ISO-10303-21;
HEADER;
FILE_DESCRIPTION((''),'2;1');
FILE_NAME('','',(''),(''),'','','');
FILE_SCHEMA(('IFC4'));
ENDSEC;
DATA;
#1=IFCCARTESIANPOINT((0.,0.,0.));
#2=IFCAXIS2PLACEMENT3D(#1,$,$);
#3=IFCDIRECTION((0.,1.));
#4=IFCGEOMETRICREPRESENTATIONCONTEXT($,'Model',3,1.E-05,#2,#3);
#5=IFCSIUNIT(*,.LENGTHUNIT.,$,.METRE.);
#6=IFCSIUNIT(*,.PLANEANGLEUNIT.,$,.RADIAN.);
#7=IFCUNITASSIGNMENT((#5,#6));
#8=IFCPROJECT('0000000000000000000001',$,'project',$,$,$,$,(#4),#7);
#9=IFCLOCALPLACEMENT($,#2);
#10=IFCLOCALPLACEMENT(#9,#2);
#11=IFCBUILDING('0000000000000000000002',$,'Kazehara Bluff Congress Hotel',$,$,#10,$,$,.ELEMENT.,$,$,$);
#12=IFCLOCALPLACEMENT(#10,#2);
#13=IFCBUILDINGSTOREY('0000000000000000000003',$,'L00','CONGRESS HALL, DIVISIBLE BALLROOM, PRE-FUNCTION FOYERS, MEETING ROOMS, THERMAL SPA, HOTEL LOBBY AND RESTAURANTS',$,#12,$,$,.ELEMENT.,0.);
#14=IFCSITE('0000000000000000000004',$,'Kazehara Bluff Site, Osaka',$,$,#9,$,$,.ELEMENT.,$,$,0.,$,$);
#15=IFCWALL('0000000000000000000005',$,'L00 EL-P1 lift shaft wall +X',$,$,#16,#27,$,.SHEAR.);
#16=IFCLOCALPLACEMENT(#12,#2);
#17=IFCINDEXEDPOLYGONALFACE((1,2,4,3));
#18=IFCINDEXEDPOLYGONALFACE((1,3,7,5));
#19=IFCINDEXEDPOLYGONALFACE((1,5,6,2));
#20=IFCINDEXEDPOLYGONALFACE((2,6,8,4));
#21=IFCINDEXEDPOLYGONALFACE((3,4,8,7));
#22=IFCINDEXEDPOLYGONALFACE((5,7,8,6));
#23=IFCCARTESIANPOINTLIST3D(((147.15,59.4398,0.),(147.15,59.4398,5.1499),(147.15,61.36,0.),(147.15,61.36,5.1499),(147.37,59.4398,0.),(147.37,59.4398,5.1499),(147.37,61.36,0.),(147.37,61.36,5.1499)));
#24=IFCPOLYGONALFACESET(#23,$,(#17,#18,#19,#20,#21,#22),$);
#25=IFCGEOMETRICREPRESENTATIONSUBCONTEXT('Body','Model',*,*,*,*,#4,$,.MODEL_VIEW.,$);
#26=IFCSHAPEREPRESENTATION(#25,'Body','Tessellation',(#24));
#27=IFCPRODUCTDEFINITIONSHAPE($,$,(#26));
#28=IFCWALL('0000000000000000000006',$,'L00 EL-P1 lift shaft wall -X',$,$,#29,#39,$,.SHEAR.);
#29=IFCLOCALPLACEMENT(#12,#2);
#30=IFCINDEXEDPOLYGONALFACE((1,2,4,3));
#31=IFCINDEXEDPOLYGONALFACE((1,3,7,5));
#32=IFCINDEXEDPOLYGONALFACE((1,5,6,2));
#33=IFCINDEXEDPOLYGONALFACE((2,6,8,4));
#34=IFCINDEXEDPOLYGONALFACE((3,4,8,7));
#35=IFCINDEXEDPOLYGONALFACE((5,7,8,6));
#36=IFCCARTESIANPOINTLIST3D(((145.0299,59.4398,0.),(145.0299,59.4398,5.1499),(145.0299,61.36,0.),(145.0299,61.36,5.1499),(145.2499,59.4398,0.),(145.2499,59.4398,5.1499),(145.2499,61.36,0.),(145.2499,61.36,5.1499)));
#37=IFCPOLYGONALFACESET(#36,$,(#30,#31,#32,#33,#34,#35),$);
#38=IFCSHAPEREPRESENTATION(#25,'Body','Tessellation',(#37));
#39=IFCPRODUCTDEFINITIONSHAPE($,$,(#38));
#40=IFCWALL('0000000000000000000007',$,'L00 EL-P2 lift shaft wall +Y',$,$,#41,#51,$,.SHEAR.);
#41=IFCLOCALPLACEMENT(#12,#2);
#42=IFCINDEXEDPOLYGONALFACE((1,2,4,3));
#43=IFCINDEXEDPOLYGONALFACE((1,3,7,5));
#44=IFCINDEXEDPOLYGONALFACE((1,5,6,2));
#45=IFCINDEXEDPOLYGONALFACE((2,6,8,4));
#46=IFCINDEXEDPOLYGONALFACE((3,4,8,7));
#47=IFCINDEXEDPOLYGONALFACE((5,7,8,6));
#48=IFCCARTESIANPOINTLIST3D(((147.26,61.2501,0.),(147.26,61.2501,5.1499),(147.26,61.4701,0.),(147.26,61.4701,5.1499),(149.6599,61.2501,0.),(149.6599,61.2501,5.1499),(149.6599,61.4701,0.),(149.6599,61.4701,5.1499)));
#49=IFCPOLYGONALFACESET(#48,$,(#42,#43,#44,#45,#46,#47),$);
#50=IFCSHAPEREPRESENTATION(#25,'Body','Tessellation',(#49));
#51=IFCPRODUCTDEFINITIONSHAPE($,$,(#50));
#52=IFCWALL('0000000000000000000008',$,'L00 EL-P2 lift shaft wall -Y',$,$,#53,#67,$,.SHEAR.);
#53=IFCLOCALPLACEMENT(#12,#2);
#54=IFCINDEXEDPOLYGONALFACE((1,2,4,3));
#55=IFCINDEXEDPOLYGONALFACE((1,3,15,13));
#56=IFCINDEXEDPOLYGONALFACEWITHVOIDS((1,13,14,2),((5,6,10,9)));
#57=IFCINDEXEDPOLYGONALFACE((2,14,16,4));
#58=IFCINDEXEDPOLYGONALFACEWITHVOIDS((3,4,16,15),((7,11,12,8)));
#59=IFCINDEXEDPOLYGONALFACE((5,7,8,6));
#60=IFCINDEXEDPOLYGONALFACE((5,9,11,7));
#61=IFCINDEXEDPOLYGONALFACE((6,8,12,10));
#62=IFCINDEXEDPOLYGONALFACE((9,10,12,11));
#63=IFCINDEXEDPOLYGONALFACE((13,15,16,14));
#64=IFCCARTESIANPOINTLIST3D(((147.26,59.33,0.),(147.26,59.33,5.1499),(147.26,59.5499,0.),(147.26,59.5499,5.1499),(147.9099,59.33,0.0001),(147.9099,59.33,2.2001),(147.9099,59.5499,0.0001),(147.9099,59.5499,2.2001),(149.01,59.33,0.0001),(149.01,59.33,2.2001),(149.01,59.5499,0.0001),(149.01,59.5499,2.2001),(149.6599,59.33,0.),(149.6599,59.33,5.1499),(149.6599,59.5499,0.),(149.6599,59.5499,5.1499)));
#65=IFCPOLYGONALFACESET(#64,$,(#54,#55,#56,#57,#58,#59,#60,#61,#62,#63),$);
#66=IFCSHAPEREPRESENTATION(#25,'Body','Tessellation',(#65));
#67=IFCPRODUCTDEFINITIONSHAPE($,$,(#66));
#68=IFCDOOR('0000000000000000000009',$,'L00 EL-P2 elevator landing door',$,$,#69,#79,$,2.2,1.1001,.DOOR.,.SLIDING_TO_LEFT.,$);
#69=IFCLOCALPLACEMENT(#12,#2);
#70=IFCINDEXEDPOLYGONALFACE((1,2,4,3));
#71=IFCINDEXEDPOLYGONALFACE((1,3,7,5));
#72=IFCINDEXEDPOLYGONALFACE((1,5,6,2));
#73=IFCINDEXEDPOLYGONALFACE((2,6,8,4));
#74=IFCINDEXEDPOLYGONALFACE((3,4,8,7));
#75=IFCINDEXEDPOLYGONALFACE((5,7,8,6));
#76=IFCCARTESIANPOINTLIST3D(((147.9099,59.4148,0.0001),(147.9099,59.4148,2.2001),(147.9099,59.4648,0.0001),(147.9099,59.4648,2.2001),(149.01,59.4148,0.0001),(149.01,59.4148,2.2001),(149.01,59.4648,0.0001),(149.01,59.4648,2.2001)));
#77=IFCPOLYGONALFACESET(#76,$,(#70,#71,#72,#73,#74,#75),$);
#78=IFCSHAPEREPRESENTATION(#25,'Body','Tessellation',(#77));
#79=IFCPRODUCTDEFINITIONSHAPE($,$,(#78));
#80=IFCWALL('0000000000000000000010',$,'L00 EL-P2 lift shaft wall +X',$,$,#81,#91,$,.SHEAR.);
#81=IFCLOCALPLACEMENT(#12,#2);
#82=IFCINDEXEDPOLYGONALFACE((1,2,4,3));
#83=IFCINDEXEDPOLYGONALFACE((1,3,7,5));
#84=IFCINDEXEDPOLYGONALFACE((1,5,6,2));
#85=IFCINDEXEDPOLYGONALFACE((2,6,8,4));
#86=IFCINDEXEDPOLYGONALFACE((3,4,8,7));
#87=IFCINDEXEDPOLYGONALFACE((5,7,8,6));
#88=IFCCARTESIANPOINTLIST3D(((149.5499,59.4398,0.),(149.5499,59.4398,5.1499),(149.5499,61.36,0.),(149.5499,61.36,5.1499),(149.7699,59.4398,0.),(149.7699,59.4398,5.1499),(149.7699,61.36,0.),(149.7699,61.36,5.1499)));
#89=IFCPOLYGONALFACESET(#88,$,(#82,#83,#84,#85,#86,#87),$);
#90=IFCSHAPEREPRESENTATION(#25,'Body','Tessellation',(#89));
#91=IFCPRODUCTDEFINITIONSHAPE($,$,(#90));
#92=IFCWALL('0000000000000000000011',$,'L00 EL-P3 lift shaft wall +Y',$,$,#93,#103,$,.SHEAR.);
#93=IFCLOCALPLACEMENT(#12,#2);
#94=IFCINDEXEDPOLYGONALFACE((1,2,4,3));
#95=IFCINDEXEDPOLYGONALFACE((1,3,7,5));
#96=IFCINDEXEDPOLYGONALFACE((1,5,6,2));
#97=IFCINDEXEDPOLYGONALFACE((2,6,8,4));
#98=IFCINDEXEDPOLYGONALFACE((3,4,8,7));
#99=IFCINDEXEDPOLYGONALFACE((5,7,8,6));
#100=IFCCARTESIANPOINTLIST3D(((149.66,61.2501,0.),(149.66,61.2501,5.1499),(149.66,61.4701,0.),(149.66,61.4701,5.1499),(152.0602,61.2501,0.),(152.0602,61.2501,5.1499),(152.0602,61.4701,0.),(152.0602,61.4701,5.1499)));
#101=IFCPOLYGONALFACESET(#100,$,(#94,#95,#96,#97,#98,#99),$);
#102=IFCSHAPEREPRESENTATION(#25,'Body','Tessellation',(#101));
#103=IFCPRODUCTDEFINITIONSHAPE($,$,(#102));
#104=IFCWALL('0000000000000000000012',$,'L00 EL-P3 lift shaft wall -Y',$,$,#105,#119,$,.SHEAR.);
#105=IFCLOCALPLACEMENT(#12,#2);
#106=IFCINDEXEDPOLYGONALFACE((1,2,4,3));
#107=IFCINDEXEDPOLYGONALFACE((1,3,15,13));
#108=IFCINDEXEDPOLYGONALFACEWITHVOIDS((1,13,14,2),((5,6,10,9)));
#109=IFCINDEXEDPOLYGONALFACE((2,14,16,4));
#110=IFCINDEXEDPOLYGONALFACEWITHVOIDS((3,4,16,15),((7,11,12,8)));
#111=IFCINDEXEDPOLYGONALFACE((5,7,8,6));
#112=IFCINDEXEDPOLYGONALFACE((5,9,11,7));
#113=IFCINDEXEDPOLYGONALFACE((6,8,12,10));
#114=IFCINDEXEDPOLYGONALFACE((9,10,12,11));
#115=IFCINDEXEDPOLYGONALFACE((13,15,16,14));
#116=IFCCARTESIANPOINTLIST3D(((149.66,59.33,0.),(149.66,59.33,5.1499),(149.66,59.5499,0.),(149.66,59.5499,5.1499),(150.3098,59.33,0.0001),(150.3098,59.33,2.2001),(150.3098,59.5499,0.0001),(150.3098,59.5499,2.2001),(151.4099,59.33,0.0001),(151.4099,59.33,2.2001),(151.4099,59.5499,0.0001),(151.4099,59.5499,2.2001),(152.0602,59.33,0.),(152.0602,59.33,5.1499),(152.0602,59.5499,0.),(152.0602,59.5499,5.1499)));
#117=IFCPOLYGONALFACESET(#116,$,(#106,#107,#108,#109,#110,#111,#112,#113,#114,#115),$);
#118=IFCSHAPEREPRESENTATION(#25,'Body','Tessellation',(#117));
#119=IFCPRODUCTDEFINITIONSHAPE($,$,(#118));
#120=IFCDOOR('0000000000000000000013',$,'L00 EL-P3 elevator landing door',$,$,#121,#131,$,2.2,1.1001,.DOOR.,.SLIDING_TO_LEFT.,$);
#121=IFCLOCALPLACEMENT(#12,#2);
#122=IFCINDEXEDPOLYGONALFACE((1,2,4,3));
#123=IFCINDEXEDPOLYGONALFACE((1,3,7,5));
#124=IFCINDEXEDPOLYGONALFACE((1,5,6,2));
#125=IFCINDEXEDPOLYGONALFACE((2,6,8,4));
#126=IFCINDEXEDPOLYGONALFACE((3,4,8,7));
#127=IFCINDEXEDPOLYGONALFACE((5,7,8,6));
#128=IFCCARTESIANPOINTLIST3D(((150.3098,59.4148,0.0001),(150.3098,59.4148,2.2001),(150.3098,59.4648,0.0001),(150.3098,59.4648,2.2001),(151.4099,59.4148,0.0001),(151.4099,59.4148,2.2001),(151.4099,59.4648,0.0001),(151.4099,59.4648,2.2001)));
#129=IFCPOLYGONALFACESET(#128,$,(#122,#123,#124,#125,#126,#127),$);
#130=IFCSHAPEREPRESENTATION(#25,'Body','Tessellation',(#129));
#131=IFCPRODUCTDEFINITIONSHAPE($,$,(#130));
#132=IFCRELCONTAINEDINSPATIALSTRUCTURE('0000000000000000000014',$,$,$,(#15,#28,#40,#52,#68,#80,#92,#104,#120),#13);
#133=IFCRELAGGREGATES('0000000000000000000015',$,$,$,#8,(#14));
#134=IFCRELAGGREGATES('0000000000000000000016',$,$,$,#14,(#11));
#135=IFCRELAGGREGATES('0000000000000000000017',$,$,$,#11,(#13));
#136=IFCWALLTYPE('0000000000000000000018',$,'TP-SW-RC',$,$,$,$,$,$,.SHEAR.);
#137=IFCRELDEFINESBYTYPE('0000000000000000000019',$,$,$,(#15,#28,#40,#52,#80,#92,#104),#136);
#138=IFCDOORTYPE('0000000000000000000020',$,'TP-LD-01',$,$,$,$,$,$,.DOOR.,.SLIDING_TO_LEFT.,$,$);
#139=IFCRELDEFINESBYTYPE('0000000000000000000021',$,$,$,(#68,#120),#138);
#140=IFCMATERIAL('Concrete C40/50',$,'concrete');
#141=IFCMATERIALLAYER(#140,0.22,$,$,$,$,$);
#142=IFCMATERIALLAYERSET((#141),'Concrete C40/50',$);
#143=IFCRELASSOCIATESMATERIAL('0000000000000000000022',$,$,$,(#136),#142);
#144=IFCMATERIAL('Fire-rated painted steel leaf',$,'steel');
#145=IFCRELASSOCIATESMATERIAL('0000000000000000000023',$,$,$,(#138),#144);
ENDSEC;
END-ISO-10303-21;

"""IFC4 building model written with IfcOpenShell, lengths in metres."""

from ifc_helpers import new_model, si_unit, direction, frame, frame_2d, origin, place, context, subcontext, project, spatial, rectangle, extrude, material, layer, layer_set, type_object, element, fill, save


model = new_model("IFC4")

# Units and contexts
model_context = context("Model", 3, precision=1e-05, world=origin(), true_north=direction((0.0, 1.0)))
body_context = subcontext(model_context, "Body", "Model", "MODEL_VIEW")
ifc_project = project(units=[si_unit("LENGTHUNIT", "METRE"), si_unit("PLANEANGLEUNIT", "RADIAN")], contexts=[model_context])

# Site, building, storey
site_placement = place(None, origin())
site = spatial("IfcSite", under=ifc_project, at=site_placement, Name="Kazehara Bluff Site, Osaka", CompositionType="ELEMENT", RefElevation=0.0)
building_placement = place(site_placement, origin())
building = spatial("IfcBuilding", under=site, at=building_placement, Name="Kazehara Bluff Congress Hotel", CompositionType="ELEMENT")
storey_placement = place(building_placement, origin())
storey = spatial("IfcBuildingStorey", under=building, at=storey_placement, Name="L00", Description="CONGRESS HALL, DIVISIBLE BALLROOM, PRE-FUNCTION FOYERS, MEETING ROOMS, THERMAL SPA, HOTEL LOBBY AND RESTAURANTS", CompositionType="ELEMENT", Elevation=0.0)

# Shared definitions
ifc_material_1 = material(Name="Concrete C40/50", Category="concrete")
ifc_layer_1 = layer(ifc_material_1, 0.22)
ifc_layer_set_1 = layer_set([ifc_layer_1], Name="Concrete C40/50")
wall_type_1 = type_object("IfcWallType", Name="TP-SW-RC", PredefinedType="SHEAR", material=ifc_layer_set_1)

# Shared definitions
ifc_material_2 = material(Name="Fire-rated painted steel leaf", Category="steel")
door_type = type_object("IfcDoorType", Name="TP-LD-01", OperationType="SLIDING_TO_LEFT", PredefinedType="DOOR", material=ifc_material_2)

# Walls
for number, where, z_axis, x_axis, name in (
    (1, (147.26, 59.4399, 0.0), (0.0, 0.0, 1.0), (0.0, 1.0, 0.0), "L00 EL-P1 lift shaft wall +X"),
    (2, (145.1399, 59.4399, 0.0), (0.0, 0.0, 1.0), (0.0, 1.0, 0.0), "L00 EL-P1 lift shaft wall -X"),
):
    element("IfcWall", number, at=place(storey_placement, frame(where, z_axis=z_axis, x_axis=x_axis)), inside=storey, type_object=wall_type_1, Name=name, PredefinedType="SHEAR", context=body_context, shape_type="SweptSolid", body=[
        extrude(rectangle(XDim=1.9202, YDim=0.22, at=frame_2d((0.96, 0.0))), origin(), (0.0, 0.0, 1.0), 5.1499),
    ])
wall_1_placement = place(storey_placement, frame((147.26, 61.3601, 0.0), z_axis=(0.0, 0.0, 1.0), x_axis=(1.0, 0.0, 0.0)))
element("IfcWall", 3, at=wall_1_placement, inside=storey, type_object=wall_type_1, Name="L00 EL-P2 lift shaft wall +Y", PredefinedType="SHEAR", context=body_context, shape_type="SweptSolid", body=[
    extrude(rectangle(XDim=2.3999, YDim=0.22, at=frame_2d((1.2, 0.0))), origin(), (0.0, 0.0, 1.0), 5.1499),
])

# Wall, opening, door
wall_2_placement = place(storey_placement, frame((147.26, 59.4399, 0.0), z_axis=(0.0, 0.0, 1.0), x_axis=(1.0, 0.0, 0.0)))
wall_2 = element("IfcWall", 4, at=wall_2_placement, inside=storey, type_object=wall_type_1, Name="L00 EL-P2 lift shaft wall -Y", PredefinedType="SHEAR", context=body_context, shape_type="SweptSolid", body=[
    extrude(rectangle(XDim=2.3999, YDim=0.22, at=frame_2d((1.2, 0.0))), origin(), (0.0, 0.0, 1.0), 5.1499),
])
opening_1_placement = place(wall_2_placement, frame((0.6499, 0.0, 0.0)))
opening_1 = element("IfcOpeningElement", 5, at=opening_1_placement, cuts=wall_2, PredefinedType="OPENING", context=body_context, shape_type="SweptSolid", body=[
    extrude(rectangle(XDim=1.1001, YDim=2.2, at=frame_2d((0.55, 1.1001))), frame((0.0, 0.1199, 0.0), z_axis=(0.0, -1.0, 0.0), x_axis=(1.0, 0.0, 0.0)), (0.0, 0.0, 1.0), 0.24),
])
door_1_placement = place(opening_1_placement, origin())
door_1 = element("IfcDoor", 6, at=door_1_placement, inside=storey, type_object=door_type, Name="L00 EL-P2 elevator landing door", OperationType="SLIDING_TO_LEFT", OverallHeight=2.2, OverallWidth=1.1001, PredefinedType="DOOR", context=body_context, shape_type="SweptSolid", body=[
    extrude(rectangle(XDim=1.1001, YDim=2.2, at=frame_2d((0.55, 1.1001))), frame((0.0, 0.0249, 0.0), z_axis=(0.0, -1.0, 0.0), x_axis=(1.0, 0.0, 0.0)), (0.0, 0.0, 1.0), 0.05),
])
fill(opening_1, door_1)

# Walls
wall_3_placement = place(storey_placement, frame((149.6599, 59.4399, 0.0), z_axis=(0.0, 0.0, 1.0), x_axis=(0.0, 1.0, 0.0)))
element("IfcWall", 7, at=wall_3_placement, inside=storey, type_object=wall_type_1, Name="L00 EL-P2 lift shaft wall +X", PredefinedType="SHEAR", context=body_context, shape_type="SweptSolid", body=[
    extrude(rectangle(XDim=1.9202, YDim=0.22, at=frame_2d((0.96, 0.0))), origin(), (0.0, 0.0, 1.0), 5.1499),
])
wall_4_placement = place(storey_placement, frame((149.6599, 61.3601, 0.0), z_axis=(0.0, 0.0, 1.0), x_axis=(1.0, 0.0, 0.0)))
element("IfcWall", 8, at=wall_4_placement, inside=storey, type_object=wall_type_1, Name="L00 EL-P3 lift shaft wall +Y", PredefinedType="SHEAR", context=body_context, shape_type="SweptSolid", body=[
    extrude(rectangle(XDim=2.4001, YDim=0.22, at=frame_2d((1.2002, 0.0))), origin(), (0.0, 0.0, 1.0), 5.1499),
])

# Wall, opening, door
wall_5_placement = place(storey_placement, frame((149.6599, 59.4399, 0.0), z_axis=(0.0, 0.0, 1.0), x_axis=(1.0, 0.0, 0.0)))
wall_5 = element("IfcWall", 9, at=wall_5_placement, inside=storey, type_object=wall_type_1, Name="L00 EL-P3 lift shaft wall -Y", PredefinedType="SHEAR", context=body_context, shape_type="SweptSolid", body=[
    extrude(rectangle(XDim=2.4001, YDim=0.22, at=frame_2d((1.2002, 0.0))), origin(), (0.0, 0.0, 1.0), 5.1499),
])
opening_2_placement = place(wall_5_placement, frame((0.6499, 0.0, 0.0)))
opening_2 = element("IfcOpeningElement", 10, at=opening_2_placement, cuts=wall_5, PredefinedType="OPENING", context=body_context, shape_type="SweptSolid", body=[
    extrude(rectangle(XDim=1.1001, YDim=2.2, at=frame_2d((0.55, 1.1001))), frame((0.0, 0.1199, 0.0), z_axis=(0.0, -1.0, 0.0), x_axis=(1.0, 0.0, 0.0)), (0.0, 0.0, 1.0), 0.24),
])
door_2_placement = place(opening_2_placement, origin())
door_2 = element("IfcDoor", 11, at=door_2_placement, inside=storey, type_object=door_type, Name="L00 EL-P3 elevator landing door", OperationType="SLIDING_TO_LEFT", OverallHeight=2.2, OverallWidth=1.1001, PredefinedType="DOOR", context=body_context, shape_type="SweptSolid", body=[
    extrude(rectangle(XDim=1.1001, YDim=2.2, at=frame_2d((0.55, 1.1001))), frame((0.0, 0.0249, 0.0), z_axis=(0.0, -1.0, 0.0), x_axis=(1.0, 0.0, 0.0)), (0.0, 0.0, 1.0), 0.05),
])
fill(opening_2, door_2)

save(model, "model.ifc")
